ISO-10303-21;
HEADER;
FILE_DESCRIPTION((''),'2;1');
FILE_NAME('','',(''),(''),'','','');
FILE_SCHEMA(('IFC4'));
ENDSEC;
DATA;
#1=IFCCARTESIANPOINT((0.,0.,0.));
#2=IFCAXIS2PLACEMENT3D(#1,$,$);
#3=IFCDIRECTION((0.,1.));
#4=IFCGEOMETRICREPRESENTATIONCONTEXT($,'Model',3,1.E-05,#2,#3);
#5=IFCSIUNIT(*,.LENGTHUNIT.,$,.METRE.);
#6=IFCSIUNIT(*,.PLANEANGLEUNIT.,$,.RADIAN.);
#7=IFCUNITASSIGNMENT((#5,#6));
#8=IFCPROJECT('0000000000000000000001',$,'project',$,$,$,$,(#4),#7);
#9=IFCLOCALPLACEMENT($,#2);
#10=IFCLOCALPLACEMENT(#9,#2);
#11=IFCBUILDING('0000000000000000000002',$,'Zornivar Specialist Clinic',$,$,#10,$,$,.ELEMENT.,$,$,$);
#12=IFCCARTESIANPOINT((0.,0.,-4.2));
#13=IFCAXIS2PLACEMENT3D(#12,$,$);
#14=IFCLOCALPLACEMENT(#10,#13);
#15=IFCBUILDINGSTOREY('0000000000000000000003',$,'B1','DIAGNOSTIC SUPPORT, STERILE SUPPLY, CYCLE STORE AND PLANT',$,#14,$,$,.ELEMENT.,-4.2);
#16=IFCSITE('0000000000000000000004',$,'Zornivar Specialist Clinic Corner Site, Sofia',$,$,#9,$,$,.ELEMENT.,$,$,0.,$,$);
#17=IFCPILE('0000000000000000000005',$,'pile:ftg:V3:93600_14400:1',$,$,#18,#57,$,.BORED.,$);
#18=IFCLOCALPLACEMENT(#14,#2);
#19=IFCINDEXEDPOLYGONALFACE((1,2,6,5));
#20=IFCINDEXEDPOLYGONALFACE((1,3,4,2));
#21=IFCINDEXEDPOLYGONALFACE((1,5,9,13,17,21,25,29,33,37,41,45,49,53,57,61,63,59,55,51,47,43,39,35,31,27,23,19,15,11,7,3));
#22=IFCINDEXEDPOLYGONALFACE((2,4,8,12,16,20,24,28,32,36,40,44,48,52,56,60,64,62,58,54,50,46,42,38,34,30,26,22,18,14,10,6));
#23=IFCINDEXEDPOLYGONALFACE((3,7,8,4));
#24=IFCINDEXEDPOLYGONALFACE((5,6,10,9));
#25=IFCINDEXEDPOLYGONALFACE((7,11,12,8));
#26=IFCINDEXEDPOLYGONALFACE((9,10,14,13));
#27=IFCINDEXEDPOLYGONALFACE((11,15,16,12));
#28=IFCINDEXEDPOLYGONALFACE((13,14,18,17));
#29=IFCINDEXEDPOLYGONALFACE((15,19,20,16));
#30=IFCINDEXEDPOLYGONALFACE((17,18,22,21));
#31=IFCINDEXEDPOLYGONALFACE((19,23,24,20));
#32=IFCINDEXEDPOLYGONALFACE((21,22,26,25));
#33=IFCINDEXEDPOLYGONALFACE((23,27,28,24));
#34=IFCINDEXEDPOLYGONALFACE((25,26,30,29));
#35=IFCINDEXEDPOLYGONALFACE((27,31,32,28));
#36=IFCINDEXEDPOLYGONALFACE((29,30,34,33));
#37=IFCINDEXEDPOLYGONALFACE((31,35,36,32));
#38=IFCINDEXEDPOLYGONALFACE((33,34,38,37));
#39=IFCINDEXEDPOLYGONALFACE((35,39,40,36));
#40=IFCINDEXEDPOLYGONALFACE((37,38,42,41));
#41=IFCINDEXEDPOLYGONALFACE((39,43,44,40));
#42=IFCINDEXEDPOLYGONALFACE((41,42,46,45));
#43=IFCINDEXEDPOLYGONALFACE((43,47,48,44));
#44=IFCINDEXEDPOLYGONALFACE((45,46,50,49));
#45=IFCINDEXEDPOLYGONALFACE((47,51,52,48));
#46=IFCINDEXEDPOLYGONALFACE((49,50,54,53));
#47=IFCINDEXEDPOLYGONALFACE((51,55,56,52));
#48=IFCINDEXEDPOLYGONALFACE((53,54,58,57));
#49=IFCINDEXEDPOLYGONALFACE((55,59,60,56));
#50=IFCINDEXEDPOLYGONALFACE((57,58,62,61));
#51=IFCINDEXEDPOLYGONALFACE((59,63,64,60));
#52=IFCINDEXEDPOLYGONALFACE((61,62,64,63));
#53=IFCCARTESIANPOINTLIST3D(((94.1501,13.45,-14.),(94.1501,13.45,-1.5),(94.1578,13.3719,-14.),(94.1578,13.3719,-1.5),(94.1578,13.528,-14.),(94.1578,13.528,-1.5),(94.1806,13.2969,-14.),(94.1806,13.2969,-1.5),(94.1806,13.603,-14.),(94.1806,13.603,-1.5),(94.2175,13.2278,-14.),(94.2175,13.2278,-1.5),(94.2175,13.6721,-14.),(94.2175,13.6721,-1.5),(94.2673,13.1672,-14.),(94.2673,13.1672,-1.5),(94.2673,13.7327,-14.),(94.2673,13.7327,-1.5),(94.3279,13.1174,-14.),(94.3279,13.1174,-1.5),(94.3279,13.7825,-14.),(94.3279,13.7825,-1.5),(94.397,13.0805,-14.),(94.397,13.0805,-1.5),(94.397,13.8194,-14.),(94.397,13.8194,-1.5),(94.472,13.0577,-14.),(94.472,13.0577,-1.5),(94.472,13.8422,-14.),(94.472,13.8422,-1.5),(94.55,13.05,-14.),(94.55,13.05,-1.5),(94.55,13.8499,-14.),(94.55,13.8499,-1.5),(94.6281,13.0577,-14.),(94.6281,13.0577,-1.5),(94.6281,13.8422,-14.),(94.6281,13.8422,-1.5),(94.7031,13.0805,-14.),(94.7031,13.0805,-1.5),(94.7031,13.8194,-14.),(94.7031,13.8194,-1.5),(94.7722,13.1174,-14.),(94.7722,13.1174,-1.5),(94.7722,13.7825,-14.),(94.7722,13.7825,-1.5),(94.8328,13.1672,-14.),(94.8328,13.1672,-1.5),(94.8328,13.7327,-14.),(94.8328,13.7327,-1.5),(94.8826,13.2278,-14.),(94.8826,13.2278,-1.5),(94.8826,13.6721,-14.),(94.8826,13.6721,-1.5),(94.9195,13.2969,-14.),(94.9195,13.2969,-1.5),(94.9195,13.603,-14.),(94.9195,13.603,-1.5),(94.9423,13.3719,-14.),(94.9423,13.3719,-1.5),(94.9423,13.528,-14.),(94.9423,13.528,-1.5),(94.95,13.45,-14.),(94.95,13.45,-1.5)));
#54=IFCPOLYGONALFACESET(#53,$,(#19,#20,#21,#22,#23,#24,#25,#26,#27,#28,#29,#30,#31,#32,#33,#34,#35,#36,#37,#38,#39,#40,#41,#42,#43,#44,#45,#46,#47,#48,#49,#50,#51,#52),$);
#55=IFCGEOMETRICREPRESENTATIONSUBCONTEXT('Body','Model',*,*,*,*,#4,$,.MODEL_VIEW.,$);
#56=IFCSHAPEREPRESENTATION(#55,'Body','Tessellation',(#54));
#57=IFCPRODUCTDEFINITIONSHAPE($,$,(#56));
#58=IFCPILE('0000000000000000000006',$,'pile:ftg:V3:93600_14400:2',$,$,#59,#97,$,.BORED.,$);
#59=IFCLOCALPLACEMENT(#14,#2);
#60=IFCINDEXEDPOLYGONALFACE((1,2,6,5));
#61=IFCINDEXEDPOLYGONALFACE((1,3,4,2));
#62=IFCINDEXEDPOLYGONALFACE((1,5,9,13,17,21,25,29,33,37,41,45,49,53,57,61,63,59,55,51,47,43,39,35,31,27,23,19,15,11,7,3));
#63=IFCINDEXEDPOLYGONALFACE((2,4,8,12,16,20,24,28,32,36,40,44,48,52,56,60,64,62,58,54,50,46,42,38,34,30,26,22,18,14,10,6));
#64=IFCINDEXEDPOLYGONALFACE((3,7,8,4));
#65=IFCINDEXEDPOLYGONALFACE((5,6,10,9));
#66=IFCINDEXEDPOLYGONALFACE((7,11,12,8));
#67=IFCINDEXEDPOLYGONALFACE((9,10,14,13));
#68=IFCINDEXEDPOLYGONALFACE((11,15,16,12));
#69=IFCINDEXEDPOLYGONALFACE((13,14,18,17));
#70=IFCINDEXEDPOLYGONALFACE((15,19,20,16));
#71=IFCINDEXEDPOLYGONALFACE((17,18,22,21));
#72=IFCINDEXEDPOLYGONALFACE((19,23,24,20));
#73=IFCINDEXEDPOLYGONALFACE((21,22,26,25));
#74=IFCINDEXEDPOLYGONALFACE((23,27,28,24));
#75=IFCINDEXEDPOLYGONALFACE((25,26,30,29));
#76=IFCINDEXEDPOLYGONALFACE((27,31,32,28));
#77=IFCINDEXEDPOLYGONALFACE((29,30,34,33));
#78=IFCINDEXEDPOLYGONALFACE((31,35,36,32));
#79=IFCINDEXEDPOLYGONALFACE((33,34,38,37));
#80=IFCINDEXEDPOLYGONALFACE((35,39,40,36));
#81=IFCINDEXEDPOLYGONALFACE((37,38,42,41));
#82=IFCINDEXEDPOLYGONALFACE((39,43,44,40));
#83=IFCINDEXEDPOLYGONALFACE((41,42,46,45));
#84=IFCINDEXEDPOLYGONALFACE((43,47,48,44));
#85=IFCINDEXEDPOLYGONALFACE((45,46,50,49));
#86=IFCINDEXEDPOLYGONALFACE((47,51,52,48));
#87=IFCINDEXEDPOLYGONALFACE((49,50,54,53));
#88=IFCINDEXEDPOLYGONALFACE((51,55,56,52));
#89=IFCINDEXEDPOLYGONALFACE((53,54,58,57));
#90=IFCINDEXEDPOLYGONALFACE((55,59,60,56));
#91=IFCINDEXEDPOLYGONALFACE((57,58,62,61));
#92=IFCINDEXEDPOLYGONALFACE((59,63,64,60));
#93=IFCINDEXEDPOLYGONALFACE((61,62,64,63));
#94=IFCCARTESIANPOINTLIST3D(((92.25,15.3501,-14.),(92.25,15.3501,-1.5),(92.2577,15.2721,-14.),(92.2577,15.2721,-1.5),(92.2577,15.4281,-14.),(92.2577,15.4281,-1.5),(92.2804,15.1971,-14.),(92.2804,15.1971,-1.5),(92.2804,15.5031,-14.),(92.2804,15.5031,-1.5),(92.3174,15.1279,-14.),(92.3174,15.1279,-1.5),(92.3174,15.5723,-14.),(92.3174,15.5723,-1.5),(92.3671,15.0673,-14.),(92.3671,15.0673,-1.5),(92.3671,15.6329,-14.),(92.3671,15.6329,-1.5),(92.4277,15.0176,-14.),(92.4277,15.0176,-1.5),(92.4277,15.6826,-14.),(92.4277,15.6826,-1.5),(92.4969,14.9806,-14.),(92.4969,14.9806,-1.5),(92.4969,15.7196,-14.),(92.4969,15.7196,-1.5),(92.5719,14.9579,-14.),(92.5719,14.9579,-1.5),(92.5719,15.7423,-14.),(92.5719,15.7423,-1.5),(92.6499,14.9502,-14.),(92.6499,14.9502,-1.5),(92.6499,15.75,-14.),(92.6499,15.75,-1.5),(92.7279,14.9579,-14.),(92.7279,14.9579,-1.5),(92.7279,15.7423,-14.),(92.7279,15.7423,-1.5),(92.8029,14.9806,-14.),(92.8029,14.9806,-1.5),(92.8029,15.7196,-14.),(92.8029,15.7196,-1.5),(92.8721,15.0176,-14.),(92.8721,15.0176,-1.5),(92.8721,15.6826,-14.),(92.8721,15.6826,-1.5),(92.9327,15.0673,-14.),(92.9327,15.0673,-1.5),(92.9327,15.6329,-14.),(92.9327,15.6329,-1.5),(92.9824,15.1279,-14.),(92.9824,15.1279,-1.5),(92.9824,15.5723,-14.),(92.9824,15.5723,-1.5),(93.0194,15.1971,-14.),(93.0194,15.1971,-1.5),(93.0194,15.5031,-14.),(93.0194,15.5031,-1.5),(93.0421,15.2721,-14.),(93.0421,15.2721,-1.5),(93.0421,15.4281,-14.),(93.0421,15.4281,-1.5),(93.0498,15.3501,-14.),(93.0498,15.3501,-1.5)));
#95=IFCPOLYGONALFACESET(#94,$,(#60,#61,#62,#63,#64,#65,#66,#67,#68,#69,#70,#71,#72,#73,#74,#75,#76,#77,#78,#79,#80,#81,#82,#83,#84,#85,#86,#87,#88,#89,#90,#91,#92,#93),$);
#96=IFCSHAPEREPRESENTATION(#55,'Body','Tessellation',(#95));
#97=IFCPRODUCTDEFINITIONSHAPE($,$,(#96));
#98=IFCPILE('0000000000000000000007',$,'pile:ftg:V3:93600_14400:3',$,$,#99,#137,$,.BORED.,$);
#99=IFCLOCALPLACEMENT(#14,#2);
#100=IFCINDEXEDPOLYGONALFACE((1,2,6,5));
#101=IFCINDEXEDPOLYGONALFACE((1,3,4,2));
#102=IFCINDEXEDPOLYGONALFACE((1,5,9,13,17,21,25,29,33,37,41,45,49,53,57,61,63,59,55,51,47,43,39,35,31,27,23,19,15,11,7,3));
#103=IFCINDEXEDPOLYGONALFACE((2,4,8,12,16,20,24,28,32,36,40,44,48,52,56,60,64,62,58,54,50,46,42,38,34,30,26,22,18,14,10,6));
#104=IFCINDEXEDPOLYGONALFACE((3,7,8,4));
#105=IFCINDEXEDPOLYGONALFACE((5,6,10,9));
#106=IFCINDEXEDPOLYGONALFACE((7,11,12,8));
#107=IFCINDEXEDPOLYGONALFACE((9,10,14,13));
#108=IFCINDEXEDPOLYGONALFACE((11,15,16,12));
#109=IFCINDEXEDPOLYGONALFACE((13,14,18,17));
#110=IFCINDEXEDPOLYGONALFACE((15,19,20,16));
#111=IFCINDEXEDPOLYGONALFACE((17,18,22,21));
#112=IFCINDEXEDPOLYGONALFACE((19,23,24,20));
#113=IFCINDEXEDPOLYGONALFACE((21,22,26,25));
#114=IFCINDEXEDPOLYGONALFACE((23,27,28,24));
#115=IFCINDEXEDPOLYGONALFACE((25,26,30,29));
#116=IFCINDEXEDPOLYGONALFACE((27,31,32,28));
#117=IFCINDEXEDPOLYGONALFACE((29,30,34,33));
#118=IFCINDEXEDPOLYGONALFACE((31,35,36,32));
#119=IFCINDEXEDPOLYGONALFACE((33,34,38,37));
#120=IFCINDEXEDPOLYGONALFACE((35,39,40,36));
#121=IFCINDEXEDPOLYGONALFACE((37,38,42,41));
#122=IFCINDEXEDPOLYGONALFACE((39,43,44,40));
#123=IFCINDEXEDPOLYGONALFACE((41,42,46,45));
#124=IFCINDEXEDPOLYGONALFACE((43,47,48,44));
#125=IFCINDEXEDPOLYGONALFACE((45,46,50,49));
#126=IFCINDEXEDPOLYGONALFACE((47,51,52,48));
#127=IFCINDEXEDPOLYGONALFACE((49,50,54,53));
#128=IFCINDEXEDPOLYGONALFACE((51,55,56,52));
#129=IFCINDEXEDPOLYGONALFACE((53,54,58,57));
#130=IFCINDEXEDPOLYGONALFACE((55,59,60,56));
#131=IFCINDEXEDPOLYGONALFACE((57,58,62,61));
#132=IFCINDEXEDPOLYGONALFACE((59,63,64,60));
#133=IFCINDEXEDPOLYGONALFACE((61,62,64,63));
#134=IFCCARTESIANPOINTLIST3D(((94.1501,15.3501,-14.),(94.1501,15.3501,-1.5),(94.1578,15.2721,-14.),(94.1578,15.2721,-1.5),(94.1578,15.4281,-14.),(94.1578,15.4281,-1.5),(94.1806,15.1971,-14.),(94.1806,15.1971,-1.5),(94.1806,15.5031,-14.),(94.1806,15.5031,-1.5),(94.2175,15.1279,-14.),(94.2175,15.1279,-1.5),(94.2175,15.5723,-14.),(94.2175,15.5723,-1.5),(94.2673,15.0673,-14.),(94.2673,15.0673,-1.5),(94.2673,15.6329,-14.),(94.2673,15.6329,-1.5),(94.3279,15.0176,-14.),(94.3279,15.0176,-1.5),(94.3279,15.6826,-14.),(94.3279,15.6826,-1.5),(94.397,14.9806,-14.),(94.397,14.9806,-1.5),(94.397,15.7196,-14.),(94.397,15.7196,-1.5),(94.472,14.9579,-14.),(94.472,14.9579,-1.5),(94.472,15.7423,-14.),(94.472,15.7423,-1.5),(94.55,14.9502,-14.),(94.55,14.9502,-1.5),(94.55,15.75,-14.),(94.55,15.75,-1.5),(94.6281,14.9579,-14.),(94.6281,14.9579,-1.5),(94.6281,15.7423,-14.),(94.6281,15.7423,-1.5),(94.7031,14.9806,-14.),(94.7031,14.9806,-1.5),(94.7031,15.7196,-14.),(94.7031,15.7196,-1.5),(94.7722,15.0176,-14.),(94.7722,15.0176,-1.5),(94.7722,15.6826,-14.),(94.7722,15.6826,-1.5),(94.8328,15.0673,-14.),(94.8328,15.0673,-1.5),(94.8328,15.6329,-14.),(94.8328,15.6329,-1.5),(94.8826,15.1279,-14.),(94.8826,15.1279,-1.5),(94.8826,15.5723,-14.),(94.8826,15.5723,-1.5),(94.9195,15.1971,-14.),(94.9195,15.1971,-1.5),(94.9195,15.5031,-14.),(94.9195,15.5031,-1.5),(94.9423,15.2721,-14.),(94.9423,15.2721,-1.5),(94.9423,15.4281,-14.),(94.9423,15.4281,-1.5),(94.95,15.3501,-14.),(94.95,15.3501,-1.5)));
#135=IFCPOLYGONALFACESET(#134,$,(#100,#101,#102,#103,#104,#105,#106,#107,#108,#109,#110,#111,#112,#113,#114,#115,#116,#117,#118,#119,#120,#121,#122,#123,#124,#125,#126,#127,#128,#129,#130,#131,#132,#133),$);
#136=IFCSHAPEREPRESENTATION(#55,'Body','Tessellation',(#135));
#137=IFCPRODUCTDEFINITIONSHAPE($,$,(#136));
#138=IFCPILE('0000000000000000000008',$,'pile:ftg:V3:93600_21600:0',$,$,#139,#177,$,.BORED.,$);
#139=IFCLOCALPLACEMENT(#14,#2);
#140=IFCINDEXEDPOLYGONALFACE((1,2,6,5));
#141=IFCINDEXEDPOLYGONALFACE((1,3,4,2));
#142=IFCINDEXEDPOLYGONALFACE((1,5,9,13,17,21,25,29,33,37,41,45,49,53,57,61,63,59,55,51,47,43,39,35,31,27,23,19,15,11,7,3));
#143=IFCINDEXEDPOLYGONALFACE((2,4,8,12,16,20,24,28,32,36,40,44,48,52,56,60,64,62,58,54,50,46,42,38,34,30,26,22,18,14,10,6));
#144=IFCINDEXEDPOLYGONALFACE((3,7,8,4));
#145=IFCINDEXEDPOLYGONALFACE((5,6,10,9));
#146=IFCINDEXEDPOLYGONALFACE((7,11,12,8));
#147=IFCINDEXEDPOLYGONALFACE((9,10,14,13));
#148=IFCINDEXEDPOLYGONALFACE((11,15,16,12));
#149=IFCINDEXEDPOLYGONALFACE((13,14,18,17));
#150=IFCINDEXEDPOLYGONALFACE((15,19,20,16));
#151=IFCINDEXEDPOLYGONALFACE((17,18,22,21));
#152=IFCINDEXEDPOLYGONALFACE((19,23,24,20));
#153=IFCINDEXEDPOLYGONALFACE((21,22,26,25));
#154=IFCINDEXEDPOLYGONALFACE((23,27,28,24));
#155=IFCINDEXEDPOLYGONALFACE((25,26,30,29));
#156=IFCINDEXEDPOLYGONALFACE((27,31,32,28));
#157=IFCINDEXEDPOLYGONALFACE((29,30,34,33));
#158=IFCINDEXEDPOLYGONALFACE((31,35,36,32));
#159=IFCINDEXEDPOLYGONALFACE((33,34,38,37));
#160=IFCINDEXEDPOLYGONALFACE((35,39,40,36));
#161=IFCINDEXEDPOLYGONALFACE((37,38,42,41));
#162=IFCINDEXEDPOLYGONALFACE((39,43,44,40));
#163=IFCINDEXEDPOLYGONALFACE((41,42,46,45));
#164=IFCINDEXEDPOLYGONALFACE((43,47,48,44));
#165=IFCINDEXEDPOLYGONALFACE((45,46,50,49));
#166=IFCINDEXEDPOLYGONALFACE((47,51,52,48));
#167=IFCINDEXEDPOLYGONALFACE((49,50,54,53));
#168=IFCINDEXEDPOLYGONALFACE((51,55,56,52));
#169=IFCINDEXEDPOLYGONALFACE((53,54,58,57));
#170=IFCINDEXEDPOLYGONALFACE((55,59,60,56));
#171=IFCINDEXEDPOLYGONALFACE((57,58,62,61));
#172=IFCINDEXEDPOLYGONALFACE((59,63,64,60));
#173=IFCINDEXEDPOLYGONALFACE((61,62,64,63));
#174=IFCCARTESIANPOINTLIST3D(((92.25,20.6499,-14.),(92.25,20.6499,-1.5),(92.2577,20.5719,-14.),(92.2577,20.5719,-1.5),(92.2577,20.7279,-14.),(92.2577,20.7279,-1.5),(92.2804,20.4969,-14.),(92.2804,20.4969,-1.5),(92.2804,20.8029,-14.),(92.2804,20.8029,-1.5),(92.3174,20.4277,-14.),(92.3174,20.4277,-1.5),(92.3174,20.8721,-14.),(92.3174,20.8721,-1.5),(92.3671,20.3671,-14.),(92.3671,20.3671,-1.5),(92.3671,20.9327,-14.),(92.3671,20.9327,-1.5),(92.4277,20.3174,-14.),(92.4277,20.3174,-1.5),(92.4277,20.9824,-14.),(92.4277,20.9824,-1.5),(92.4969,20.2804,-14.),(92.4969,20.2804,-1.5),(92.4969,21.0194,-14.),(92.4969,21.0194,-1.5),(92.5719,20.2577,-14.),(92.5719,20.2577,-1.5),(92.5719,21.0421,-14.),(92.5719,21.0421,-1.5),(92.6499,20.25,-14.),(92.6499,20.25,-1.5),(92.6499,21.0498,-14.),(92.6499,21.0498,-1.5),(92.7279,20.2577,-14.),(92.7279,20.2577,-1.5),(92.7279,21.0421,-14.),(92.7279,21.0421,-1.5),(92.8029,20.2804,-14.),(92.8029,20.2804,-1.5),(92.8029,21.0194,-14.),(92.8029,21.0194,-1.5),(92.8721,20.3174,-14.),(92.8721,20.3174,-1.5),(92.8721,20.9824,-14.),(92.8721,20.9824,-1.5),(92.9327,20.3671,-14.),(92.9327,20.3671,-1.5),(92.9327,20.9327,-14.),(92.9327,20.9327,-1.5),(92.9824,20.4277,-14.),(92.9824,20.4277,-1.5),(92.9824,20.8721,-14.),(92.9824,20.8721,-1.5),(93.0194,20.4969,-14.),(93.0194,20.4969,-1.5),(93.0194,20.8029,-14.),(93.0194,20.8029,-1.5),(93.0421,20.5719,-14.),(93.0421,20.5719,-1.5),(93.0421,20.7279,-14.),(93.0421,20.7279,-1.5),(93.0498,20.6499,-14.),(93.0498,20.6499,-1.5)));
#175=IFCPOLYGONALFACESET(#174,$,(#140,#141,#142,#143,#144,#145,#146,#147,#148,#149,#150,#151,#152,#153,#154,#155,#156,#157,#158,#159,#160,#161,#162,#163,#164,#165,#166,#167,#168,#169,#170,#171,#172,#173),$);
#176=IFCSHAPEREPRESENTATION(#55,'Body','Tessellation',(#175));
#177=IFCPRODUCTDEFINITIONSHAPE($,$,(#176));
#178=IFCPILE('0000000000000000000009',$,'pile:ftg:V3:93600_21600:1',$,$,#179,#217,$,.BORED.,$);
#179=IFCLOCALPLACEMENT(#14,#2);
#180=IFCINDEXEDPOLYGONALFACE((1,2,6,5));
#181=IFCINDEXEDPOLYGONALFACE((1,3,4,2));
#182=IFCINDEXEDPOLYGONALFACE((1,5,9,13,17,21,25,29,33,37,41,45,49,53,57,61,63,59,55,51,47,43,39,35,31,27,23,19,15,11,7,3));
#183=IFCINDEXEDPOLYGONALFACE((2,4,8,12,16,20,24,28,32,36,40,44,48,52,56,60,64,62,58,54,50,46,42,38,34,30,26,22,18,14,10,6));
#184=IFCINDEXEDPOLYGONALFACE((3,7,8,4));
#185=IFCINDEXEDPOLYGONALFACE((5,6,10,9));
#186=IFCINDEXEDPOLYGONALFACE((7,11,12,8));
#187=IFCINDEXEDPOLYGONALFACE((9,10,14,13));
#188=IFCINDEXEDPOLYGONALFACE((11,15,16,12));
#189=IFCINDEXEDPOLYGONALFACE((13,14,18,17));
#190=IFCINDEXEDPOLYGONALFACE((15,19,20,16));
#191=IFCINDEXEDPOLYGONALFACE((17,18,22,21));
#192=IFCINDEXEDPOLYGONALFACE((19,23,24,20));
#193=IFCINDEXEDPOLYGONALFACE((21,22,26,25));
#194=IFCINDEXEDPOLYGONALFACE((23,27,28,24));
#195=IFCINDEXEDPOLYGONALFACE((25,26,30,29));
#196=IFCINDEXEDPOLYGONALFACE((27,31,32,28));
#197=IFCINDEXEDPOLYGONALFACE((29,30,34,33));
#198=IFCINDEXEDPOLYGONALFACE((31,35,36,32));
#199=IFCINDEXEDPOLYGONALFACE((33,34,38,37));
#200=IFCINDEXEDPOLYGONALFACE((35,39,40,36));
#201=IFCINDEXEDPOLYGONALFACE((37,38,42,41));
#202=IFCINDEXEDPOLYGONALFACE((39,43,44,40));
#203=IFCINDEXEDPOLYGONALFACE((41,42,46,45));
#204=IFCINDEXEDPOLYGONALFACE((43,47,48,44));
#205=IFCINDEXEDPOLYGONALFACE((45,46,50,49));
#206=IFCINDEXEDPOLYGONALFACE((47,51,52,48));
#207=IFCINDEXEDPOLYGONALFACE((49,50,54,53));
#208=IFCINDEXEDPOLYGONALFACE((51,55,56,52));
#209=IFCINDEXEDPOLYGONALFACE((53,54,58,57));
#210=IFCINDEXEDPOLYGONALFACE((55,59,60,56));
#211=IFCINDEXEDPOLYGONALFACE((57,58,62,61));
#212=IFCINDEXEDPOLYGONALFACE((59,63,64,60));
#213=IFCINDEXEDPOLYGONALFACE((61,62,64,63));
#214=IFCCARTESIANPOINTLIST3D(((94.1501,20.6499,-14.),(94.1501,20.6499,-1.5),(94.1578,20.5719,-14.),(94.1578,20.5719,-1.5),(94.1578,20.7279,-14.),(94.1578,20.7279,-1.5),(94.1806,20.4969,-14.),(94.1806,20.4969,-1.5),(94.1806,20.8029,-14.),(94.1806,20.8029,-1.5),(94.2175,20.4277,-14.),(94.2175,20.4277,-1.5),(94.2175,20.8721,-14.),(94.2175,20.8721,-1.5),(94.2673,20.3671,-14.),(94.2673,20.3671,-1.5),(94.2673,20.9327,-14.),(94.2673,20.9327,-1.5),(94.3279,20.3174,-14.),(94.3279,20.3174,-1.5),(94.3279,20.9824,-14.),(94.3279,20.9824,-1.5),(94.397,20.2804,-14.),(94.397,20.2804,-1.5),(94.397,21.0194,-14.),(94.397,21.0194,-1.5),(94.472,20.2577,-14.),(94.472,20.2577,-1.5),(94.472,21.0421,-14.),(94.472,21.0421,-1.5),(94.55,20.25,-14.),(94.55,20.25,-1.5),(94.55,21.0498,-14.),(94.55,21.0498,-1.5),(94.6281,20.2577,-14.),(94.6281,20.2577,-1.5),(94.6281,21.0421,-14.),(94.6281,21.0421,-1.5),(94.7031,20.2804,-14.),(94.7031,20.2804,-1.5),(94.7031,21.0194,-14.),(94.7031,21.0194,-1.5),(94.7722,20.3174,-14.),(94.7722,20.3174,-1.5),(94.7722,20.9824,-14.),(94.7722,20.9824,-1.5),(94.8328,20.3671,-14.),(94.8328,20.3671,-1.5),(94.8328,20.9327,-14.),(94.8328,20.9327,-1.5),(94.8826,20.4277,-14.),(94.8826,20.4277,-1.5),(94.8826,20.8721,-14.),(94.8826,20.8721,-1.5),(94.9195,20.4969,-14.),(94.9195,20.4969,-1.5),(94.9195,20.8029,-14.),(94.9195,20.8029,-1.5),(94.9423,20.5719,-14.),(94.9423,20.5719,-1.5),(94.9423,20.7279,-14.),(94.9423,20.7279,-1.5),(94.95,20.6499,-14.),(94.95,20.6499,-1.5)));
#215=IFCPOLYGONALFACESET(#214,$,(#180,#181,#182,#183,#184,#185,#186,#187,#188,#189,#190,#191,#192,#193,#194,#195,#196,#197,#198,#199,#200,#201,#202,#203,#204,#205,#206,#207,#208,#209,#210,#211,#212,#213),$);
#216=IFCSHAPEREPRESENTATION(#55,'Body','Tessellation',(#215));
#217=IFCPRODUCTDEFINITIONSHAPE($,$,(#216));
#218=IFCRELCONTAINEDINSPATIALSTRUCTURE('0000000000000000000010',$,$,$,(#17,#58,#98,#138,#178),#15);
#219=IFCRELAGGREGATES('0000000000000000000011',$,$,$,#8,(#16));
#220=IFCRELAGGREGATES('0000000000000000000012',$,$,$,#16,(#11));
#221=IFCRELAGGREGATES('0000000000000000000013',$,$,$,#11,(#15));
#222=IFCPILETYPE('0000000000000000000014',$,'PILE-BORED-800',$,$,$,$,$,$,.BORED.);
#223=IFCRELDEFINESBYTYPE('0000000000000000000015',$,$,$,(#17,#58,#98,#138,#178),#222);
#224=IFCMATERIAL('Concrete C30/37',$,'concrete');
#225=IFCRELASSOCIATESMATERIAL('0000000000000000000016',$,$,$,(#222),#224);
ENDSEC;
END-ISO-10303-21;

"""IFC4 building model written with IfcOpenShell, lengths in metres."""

from ifc_helpers import new_model, si_unit, direction, frame, origin, origin_2d, place, context, subcontext, project, spatial, circle, extrude, material, material_profile, profile_set, type_object, element, save


model = new_model("IFC4")

# Units and contexts
model_context = context("Model", 3, precision=1e-05, world=origin(), true_north=direction((0.0, 1.0)))
body_context = subcontext(model_context, "Body", "Model", "MODEL_VIEW")
ifc_project = project(units=[si_unit("LENGTHUNIT", "METRE"), si_unit("PLANEANGLEUNIT", "RADIAN")], contexts=[model_context])

# Site, building, storey
site_placement = place(None, origin())
site = spatial("IfcSite", under=ifc_project, at=site_placement, Name="Zornivar Specialist Clinic Corner Site, Sofia", CompositionType="ELEMENT", RefElevation=0.0)
building_placement = place(site_placement, origin())
building = spatial("IfcBuilding", under=site, at=building_placement, Name="Zornivar Specialist Clinic", CompositionType="ELEMENT")
storey_placement = place(building_placement, frame((0.0, 0.0, -4.2)))
storey = spatial("IfcBuildingStorey", under=building, at=storey_placement, Name="B1", Description="DIAGNOSTIC SUPPORT, STERILE SUPPLY, CYCLE STORE AND PLANT", CompositionType="ELEMENT", Elevation=-4.2)

# Piles
ifc_material_1 = material(Name="Concrete C30/37", Category="concrete")
ifc_material_profile_1 = material_profile(ifc_material_1, circle(Radius=0.3999, at=origin_2d()), Name="PILE D800")
ifc_profile_set_1 = profile_set([ifc_material_profile_1], Name="Concrete C30/37")
pile_type = type_object("IfcPileType", Name="PILE-BORED-800", PredefinedType="BORED", material=ifc_profile_set_1)
for number, where, z_axis, x_axis, name in (
    (1, (94.55, 13.45, -1.5), (0.0, 0.0, -1.0), (1.0, 0.0, 0.0), "pile:ftg:V3:93600_14400:1"),
    (2, (92.6499, 15.3501, -1.5), (0.0, 0.0, -1.0), (1.0, 0.0, 0.0), "pile:ftg:V3:93600_14400:2"),
    (3, (94.55, 15.3501, -1.5), (0.0, 0.0, -1.0), (1.0, 0.0, 0.0), "pile:ftg:V3:93600_14400:3"),
    (4, (92.6499, 20.6499, -1.5), (0.0, 0.0, -1.0), (1.0, 0.0, 0.0), "pile:ftg:V3:93600_21600:0"),
    (5, (94.55, 20.6499, -1.5), (0.0, 0.0, -1.0), (1.0, 0.0, 0.0), "pile:ftg:V3:93600_21600:1"),
):
    element("IfcPile", number, at=place(storey_placement, frame(where, z_axis=z_axis, x_axis=x_axis)), inside=storey, type_object=pile_type, Name=name, PredefinedType="BORED", context=body_context, shape_type="SweptSolid", body=[
        extrude(circle(Radius=0.3999, at=origin_2d()), origin(), (0.0, 0.0, 1.0), 12.5),
    ])

save(model, "model.ifc")
